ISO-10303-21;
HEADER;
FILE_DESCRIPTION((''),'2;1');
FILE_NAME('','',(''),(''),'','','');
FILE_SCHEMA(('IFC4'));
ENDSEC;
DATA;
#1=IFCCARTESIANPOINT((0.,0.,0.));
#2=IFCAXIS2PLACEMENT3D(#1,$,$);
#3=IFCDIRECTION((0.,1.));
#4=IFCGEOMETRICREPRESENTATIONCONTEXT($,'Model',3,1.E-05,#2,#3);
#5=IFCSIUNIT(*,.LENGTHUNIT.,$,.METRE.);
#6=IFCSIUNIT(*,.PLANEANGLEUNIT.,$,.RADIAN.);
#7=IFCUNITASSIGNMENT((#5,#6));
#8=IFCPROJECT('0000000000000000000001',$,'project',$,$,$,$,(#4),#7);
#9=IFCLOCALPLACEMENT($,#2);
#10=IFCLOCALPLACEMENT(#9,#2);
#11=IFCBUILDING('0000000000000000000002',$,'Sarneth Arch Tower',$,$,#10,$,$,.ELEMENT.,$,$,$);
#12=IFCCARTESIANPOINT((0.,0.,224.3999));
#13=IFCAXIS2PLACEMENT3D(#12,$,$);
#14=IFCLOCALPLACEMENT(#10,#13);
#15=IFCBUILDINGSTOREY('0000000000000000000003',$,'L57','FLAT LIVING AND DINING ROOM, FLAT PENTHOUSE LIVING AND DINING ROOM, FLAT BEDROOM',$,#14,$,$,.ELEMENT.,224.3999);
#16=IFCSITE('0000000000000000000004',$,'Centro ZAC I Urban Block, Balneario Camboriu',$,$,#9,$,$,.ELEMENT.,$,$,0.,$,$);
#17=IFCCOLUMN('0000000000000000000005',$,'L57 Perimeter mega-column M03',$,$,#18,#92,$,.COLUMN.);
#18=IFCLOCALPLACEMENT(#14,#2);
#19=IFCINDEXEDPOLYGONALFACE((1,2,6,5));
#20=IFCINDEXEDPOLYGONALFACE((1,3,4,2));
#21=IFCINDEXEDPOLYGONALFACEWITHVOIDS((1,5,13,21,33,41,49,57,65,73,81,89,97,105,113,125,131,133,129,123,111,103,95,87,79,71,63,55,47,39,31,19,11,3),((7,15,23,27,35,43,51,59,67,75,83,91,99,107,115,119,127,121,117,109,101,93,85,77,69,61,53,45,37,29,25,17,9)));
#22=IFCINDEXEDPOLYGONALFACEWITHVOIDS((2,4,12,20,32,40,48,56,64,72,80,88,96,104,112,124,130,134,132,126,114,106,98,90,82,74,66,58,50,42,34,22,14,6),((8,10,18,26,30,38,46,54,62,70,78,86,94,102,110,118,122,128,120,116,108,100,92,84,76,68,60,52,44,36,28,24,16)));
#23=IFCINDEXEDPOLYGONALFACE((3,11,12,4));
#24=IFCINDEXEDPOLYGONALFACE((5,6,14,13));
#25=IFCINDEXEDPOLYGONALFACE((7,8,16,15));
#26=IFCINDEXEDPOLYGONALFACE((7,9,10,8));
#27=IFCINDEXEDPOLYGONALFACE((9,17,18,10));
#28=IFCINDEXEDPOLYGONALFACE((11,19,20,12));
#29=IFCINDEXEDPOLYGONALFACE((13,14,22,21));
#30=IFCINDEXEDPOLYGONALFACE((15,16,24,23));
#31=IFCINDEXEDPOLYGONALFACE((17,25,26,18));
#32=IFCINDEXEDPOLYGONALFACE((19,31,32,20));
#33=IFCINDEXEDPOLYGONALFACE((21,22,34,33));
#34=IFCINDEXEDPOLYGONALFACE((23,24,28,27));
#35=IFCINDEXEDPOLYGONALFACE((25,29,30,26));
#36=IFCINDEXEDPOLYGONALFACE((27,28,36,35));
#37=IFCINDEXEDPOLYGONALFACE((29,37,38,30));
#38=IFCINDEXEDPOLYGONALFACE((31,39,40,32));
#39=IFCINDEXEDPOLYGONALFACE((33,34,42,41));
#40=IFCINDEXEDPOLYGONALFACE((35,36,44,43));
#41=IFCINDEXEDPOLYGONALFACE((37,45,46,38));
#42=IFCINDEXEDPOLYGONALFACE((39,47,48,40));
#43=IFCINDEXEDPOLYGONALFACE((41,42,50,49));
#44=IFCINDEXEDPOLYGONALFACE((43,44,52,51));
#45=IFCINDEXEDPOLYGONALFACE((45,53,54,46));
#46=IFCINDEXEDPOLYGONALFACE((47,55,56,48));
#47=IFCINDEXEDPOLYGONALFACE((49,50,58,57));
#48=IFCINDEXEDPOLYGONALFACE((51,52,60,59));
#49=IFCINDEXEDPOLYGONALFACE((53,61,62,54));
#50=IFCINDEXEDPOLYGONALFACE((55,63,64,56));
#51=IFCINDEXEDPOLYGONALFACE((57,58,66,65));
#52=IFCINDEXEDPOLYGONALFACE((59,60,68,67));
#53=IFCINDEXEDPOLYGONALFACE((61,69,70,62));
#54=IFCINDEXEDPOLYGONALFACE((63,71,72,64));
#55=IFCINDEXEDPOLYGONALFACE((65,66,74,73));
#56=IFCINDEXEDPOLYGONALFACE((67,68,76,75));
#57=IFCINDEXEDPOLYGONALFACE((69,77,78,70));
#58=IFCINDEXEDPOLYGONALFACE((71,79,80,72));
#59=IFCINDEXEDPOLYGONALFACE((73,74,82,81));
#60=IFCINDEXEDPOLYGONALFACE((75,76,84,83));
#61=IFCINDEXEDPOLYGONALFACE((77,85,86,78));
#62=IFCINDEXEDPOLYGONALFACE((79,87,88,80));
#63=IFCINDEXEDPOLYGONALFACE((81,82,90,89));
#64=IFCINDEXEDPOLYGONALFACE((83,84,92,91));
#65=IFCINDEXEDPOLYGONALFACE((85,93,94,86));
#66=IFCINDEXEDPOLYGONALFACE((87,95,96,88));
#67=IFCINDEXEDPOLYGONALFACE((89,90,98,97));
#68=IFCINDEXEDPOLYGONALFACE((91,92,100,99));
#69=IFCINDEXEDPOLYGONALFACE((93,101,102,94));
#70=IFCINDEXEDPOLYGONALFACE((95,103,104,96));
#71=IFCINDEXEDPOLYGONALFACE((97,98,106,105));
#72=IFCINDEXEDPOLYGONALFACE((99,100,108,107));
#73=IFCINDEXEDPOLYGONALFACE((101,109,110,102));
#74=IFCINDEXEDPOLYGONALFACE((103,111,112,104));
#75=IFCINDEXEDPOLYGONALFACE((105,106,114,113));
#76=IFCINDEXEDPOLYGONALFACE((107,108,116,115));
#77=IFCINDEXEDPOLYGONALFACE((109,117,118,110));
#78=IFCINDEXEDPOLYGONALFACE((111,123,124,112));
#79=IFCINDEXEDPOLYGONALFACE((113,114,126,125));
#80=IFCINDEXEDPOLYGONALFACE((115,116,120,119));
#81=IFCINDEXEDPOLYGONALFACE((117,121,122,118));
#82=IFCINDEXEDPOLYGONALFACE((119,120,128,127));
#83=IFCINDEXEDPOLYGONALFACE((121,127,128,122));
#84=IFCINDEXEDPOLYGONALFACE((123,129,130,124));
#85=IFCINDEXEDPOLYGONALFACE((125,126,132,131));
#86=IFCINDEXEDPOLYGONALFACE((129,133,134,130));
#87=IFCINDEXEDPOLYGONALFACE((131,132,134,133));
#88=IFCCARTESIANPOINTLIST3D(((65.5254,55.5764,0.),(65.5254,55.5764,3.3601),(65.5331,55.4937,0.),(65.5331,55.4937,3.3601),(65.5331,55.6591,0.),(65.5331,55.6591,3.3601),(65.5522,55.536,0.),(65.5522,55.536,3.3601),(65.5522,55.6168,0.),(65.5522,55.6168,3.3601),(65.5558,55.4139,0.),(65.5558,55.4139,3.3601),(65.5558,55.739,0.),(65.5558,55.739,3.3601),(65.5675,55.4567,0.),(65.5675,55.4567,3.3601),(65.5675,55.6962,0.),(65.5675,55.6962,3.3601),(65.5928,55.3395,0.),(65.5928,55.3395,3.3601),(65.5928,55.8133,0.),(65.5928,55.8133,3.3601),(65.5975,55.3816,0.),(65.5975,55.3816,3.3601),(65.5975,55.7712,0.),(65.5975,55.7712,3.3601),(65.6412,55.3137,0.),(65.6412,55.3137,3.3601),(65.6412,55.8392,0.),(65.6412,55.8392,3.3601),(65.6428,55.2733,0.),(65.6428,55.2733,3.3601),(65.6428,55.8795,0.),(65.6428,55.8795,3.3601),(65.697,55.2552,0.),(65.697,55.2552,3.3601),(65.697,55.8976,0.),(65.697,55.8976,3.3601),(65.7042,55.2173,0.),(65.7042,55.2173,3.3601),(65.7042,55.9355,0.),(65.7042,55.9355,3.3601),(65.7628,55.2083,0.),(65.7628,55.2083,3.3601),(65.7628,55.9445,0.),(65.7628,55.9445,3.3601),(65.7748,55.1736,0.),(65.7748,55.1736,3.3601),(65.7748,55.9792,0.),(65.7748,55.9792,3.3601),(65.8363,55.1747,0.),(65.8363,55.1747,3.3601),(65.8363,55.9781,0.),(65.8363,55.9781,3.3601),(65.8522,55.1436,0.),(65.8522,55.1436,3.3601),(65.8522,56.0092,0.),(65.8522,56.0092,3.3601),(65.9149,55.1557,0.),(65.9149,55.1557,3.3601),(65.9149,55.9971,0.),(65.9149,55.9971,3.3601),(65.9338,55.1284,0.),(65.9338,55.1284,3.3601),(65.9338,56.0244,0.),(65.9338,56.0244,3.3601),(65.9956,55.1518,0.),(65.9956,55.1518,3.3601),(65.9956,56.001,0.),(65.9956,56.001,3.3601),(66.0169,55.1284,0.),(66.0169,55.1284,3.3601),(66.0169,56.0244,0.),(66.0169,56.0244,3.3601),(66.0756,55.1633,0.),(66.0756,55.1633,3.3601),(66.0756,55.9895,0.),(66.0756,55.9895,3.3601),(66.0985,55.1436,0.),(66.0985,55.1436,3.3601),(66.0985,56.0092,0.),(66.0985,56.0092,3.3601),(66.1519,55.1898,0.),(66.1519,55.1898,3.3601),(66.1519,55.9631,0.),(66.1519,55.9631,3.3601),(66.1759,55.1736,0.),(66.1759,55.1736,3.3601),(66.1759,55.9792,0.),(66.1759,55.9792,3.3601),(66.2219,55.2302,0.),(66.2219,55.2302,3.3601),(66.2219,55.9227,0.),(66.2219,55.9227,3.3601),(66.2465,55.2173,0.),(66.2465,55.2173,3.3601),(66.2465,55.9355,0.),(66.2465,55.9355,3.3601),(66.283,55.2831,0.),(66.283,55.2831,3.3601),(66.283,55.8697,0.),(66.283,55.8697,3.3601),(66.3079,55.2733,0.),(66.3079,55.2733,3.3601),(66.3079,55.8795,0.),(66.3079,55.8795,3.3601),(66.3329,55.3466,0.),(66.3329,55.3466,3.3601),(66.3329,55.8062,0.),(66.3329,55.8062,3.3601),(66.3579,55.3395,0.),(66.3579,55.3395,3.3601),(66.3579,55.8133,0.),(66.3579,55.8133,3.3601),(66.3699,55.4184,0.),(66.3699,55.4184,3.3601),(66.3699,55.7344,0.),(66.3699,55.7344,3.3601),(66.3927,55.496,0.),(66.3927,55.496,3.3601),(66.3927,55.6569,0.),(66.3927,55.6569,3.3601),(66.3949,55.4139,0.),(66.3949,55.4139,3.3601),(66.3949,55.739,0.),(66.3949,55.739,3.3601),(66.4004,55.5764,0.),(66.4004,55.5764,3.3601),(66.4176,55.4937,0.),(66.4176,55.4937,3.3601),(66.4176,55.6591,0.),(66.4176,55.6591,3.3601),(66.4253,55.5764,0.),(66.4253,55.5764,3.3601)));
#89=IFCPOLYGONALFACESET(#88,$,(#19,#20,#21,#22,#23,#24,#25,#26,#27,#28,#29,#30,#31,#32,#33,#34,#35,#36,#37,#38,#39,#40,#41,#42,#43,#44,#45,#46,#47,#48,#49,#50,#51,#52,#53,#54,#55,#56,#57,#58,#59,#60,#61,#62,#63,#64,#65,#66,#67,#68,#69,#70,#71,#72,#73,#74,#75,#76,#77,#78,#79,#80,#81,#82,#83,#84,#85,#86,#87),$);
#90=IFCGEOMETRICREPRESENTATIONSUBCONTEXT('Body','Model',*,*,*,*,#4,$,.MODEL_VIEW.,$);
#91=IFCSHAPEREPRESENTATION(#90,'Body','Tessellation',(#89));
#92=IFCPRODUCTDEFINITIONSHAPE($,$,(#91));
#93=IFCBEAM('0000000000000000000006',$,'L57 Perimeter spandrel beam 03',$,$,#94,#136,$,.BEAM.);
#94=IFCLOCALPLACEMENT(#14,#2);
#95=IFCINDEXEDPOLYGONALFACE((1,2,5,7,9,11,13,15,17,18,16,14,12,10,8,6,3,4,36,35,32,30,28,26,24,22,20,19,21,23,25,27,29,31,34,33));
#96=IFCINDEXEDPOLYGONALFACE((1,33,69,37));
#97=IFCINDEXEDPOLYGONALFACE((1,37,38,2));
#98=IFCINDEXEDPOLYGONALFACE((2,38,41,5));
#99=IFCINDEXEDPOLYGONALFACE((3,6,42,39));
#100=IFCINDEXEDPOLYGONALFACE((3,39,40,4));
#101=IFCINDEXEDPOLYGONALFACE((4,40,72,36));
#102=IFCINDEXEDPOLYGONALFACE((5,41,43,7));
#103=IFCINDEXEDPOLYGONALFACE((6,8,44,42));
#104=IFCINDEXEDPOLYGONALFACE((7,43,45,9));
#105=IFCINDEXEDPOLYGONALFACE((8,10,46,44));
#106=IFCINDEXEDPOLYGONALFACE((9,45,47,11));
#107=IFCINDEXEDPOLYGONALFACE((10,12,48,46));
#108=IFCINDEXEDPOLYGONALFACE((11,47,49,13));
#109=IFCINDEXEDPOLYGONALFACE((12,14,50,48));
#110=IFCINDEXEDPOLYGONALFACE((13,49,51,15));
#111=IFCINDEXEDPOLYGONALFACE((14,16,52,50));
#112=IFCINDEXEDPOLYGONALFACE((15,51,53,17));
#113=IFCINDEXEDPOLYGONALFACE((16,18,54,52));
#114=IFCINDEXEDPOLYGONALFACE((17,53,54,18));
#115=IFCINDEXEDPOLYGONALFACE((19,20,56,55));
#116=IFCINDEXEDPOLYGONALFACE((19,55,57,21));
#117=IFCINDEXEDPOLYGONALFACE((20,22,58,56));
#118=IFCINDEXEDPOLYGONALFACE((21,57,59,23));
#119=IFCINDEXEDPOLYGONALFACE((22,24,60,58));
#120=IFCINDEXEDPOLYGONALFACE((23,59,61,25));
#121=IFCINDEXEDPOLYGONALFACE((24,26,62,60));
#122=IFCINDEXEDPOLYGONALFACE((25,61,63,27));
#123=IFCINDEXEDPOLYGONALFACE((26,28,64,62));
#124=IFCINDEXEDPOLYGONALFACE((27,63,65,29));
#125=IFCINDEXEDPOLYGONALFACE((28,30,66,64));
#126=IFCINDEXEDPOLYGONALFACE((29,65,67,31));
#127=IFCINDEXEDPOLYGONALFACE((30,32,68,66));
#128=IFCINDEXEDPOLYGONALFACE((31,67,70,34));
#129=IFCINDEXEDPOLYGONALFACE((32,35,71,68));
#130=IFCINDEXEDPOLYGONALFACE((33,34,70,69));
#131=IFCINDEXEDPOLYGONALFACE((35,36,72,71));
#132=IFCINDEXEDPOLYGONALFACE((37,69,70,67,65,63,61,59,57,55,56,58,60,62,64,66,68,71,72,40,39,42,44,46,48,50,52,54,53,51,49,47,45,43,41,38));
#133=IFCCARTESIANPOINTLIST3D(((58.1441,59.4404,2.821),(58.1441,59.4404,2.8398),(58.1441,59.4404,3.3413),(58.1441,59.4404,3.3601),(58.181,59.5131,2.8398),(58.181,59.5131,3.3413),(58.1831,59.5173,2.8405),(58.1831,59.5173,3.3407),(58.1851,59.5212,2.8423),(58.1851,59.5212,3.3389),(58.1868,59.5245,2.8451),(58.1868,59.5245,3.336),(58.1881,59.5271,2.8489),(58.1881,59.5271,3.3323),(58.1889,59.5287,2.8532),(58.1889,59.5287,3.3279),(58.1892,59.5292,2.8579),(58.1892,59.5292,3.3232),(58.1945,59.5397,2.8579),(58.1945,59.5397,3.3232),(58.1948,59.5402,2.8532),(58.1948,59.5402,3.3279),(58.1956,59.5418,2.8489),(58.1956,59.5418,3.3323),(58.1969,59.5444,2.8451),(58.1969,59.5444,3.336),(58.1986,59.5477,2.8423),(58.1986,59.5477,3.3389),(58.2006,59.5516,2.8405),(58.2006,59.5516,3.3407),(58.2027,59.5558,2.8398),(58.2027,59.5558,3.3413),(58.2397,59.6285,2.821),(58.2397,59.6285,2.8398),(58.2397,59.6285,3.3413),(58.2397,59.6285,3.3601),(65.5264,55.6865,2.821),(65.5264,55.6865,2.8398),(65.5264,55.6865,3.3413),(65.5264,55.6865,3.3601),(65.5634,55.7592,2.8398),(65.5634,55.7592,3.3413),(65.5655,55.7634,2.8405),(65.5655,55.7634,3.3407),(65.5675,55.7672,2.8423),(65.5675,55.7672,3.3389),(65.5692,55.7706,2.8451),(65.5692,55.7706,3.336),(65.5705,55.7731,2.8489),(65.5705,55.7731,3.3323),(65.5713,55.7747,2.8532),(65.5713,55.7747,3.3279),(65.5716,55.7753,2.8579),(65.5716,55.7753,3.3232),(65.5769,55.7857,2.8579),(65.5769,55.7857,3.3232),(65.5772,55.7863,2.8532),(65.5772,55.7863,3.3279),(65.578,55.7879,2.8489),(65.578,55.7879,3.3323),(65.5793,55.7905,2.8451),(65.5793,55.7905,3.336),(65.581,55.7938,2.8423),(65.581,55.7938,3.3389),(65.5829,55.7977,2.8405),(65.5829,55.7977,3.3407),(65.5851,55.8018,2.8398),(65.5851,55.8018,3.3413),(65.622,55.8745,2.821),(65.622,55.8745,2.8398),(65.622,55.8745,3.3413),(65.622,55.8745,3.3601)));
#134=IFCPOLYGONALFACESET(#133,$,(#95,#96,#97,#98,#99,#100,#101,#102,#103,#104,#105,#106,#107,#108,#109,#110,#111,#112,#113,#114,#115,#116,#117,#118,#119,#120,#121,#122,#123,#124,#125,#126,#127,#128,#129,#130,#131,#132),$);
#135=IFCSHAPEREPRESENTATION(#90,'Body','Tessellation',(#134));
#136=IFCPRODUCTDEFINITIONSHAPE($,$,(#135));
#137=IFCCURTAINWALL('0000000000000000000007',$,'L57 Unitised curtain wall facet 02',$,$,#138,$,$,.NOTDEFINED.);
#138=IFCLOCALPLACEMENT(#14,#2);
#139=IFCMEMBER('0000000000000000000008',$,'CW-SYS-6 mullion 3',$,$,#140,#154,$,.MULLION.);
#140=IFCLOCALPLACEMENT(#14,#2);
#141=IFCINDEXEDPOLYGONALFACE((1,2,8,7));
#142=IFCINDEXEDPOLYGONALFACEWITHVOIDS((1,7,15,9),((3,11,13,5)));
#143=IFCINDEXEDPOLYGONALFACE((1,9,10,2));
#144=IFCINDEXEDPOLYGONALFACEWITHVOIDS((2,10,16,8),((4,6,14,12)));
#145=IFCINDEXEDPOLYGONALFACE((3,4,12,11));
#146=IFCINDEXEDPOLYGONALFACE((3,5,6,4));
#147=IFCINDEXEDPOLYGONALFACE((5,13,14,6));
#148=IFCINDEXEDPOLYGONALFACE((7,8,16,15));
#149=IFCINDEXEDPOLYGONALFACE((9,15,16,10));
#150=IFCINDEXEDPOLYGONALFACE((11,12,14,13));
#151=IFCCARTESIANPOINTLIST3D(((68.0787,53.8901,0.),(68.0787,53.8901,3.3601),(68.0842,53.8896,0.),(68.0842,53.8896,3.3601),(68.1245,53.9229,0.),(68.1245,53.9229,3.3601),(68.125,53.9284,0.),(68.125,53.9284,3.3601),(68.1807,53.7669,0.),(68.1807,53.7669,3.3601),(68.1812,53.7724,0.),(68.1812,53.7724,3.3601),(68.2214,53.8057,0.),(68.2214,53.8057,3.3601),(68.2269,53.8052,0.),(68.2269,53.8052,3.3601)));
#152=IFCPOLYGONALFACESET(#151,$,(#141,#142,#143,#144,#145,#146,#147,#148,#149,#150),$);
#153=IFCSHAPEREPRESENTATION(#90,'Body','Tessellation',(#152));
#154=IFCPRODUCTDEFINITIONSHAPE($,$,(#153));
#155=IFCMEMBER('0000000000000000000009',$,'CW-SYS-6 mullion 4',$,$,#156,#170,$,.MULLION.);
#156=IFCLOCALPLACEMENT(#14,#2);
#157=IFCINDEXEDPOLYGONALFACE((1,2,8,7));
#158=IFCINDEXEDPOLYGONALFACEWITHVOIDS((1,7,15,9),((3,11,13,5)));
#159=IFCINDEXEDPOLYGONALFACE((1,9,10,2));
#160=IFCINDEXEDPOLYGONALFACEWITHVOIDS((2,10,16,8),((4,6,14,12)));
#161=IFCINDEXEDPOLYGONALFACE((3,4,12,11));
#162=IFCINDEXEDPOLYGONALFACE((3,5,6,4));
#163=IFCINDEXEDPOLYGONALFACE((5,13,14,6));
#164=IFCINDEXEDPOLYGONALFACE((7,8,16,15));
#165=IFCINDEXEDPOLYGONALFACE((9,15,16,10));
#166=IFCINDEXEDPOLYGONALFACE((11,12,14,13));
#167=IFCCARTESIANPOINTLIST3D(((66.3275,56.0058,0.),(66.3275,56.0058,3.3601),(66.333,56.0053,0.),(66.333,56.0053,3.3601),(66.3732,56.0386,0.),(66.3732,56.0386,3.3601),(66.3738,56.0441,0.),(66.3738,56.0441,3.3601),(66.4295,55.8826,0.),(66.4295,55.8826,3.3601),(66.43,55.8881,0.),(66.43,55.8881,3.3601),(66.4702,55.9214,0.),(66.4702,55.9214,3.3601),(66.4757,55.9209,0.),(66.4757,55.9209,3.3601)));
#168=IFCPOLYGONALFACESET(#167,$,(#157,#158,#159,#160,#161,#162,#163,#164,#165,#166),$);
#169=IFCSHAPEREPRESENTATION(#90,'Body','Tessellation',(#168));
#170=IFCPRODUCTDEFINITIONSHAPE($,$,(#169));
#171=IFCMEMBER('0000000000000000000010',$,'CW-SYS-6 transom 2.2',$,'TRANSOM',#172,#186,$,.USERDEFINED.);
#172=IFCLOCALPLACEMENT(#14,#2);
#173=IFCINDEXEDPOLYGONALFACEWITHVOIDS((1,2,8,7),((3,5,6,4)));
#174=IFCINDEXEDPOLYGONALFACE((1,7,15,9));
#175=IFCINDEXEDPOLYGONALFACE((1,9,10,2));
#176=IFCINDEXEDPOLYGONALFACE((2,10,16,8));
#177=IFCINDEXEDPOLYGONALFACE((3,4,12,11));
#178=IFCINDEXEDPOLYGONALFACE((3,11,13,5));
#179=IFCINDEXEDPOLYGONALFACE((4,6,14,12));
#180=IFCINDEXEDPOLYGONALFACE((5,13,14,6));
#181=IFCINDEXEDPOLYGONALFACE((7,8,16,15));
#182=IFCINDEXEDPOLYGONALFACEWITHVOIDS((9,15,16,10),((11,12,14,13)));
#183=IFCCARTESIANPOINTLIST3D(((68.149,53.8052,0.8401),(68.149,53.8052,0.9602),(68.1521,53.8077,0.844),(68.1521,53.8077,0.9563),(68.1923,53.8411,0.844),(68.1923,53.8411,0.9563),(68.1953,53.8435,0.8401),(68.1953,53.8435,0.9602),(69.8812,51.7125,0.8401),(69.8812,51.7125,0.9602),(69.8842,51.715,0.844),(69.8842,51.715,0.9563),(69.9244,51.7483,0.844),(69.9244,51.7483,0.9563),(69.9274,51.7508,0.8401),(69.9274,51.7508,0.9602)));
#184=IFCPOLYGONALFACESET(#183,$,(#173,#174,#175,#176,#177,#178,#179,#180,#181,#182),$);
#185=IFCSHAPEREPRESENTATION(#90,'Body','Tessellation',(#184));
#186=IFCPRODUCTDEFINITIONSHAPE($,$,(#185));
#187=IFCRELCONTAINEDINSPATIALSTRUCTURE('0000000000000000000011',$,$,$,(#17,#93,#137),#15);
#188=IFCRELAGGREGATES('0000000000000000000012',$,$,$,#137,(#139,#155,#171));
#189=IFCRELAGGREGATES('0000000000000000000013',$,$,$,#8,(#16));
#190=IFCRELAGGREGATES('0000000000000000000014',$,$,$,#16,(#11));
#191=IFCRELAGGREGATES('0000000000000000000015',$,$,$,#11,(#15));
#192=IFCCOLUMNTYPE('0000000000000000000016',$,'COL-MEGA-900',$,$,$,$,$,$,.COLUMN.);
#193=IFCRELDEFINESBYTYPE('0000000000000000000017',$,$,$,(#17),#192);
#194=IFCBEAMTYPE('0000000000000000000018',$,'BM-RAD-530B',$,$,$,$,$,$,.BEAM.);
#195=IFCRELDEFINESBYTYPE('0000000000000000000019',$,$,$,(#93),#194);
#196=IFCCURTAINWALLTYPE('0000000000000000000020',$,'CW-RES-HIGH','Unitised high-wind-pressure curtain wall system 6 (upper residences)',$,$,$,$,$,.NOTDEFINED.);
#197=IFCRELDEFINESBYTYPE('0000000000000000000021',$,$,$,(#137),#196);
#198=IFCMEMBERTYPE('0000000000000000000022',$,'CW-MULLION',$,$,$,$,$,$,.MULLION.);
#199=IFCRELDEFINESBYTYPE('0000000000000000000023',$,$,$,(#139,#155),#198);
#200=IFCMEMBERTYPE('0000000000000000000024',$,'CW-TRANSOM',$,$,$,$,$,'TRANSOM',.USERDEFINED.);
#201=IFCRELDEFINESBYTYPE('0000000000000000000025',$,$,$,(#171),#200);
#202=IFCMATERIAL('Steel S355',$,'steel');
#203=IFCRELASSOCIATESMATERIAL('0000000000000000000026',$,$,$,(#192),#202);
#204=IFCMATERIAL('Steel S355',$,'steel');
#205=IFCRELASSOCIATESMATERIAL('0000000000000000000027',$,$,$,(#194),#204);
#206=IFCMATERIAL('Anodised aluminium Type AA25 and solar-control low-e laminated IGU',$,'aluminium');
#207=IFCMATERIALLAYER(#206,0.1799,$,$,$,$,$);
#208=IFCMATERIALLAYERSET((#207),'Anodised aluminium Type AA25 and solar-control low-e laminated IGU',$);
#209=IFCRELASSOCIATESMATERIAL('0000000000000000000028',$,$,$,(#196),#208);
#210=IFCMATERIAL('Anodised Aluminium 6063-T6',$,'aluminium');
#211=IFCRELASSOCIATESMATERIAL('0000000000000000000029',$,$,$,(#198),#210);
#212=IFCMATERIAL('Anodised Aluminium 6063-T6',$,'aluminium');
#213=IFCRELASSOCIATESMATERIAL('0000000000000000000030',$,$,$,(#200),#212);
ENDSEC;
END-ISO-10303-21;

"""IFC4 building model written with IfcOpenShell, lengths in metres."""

from ifc_helpers import new_model, si_unit, direction, frame, origin, origin_2d, place, context, subcontext, project, spatial, hollow_rectangle, hollow_circle, i_section, extrude, material, layer, layer_set, material_profile, profile_set, type_object, element, aggregate, save


model = new_model("IFC4")

# Units and contexts
model_context = context("Model", 3, precision=1e-05, world=origin(), true_north=direction((0.0, 1.0)))
body_context = subcontext(model_context, "Body", "Model", "MODEL_VIEW")
ifc_project = project(units=[si_unit("LENGTHUNIT", "METRE"), si_unit("PLANEANGLEUNIT", "RADIAN")], contexts=[model_context])

# Site, building, storey
site_placement = place(None, origin())
site = spatial("IfcSite", under=ifc_project, at=site_placement, Name="Centro ZAC I Urban Block, Balneario Camboriu", CompositionType="ELEMENT", RefElevation=0.0)
building_placement = place(site_placement, origin())
building = spatial("IfcBuilding", under=site, at=building_placement, Name="Sarneth Arch Tower", CompositionType="ELEMENT")
storey_placement = place(building_placement, frame((0.0, 0.0, 224.3999)))
storey = spatial("IfcBuildingStorey", under=building, at=storey_placement, Name="L57", Description="FLAT LIVING AND DINING ROOM, FLAT PENTHOUSE LIVING AND DINING ROOM, FLAT BEDROOM", CompositionType="ELEMENT", Elevation=224.3999)

# Column
ifc_material_1 = material(Name="Steel S355", Category="steel")
ifc_material_profile_1 = material_profile(ifc_material_1, hollow_circle(Radius=0.45, WallThickness=0.0249, at=origin_2d()), Name="CHS900x25")
ifc_profile_set_1 = profile_set([ifc_material_profile_1], Name="Steel S355")
column_type = type_object("IfcColumnType", Name="COL-MEGA-900", PredefinedType="COLUMN", material=ifc_profile_set_1)
column_placement = place(storey_placement, frame((65.9753, 55.5764, 0.0), z_axis=(0.0, 0.0, 1.0), x_axis=(1.0, 0.0, 0.0)))
element("IfcColumn", 1, at=column_placement, inside=storey, type_object=column_type, Name="L57 Perimeter mega-column M03", PredefinedType="COLUMN", context=body_context, shape_type="SweptSolid", body=[
    extrude(hollow_circle(Radius=0.45, WallThickness=0.0249, at=origin_2d()), origin(), (0.0, 0.0, 1.0), 3.3601),
])

# Beam
ifc_material_2 = material(Name="Steel S355", Category="steel")
ifc_material_profile_2 = material_profile(ifc_material_2, i_section(OverallWidth=0.2109, OverallDepth=0.5391, WebThickness=0.0117, FlangeThickness=0.0188, FilletRadius=0.0181, at=origin_2d()), Name="W530x109")
ifc_profile_set_2 = profile_set([ifc_material_profile_2], Name="Steel S355")
beam_type = type_object("IfcBeamType", Name="BM-RAD-530B", PredefinedType="BEAM", material=ifc_profile_set_2)
beam_placement = place(storey_placement, frame((65.5742, 55.7805, 3.0906), z_axis=(-0.891376, 0.453264, 0.0), x_axis=(-0.453264, -0.891376, 0.0)))
element("IfcBeam", 2, at=beam_placement, inside=storey, type_object=beam_type, Name="L57 Perimeter spandrel beam 03", PredefinedType="BEAM", context=body_context, shape_type="SweptSolid", body=[
    extrude(i_section(OverallWidth=0.2109, OverallDepth=0.5391, WebThickness=0.0117, FlangeThickness=0.0188, FilletRadius=0.0181, at=origin_2d()), origin(), (0.0, 0.0, 1.0), 8.282),
])

# Curtain wall, members
ifc_material_3 = material(Name="Anodised aluminium Type AA25 and solar-control low-e laminated IGU", Category="aluminium")
ifc_layer_1 = layer(ifc_material_3, 0.1799)
ifc_layer_set_1 = layer_set([ifc_layer_1], Name="Anodised aluminium Type AA25 and solar-control low-e laminated IGU")
curtain_wall_type = type_object("IfcCurtainWallType", Name="CW-RES-HIGH", Description="Unitised high-wind-pressure curtain wall system 6 (upper residences)", PredefinedType="NOTDEFINED", material=ifc_layer_set_1)
curtain_wall_placement = place(storey_placement, origin())
curtain_wall = element("IfcCurtainWall", 3, at=curtain_wall_placement, inside=storey, type_object=curtain_wall_type, Name="L57 Unitised curtain wall facet 02", PredefinedType="NOTDEFINED")
ifc_material_4 = material(Name="Anodised Aluminium 6063-T6", Category="aluminium")
ifc_material_profile_3 = material_profile(ifc_material_4, hollow_rectangle(XDim=0.0601, YDim=0.1599, WallThickness=0.0039, at=origin_2d()), Name="AL-MULL-160x60x4")
ifc_profile_set_3 = profile_set([ifc_material_profile_3], Name="Anodised Aluminium 6063-T6")
member_type_1 = type_object("IfcMemberType", Name="CW-MULLION", PredefinedType="MULLION", material=ifc_profile_set_3)
member_1_placement = place(storey_placement, frame((68.1528, 53.8477, 0.0), z_axis=(0.0, 0.0, 1.0), x_axis=(-0.770359, -0.63761, 0.0)))
member_1 = element("IfcMember", 4, at=member_1_placement, type_object=member_type_1, Name="CW-SYS-6 mullion 3", PredefinedType="MULLION", context=body_context, shape_type="SweptSolid", body=[
    extrude(hollow_rectangle(XDim=0.0601, YDim=0.1599, WallThickness=0.0039, at=origin_2d()), origin(), (0.0, 0.0, 1.0), 3.3601),
])
member_2_placement = place(storey_placement, frame((66.4016, 55.9634, 0.0), z_axis=(0.0, 0.0, 1.0), x_axis=(-0.770359, -0.63761, 0.0)))
member_2 = element("IfcMember", 5, at=member_2_placement, type_object=member_type_1, Name="CW-SYS-6 mullion 4", PredefinedType="MULLION", context=body_context, shape_type="SweptSolid", body=[
    extrude(hollow_rectangle(XDim=0.0601, YDim=0.1599, WallThickness=0.0039, at=origin_2d()), origin(), (0.0, 0.0, 1.0), 3.3601),
])
ifc_material_5 = material(Name="Anodised Aluminium 6063-T6", Category="aluminium")
ifc_material_profile_4 = material_profile(ifc_material_5, hollow_rectangle(XDim=0.0601, YDim=0.1201, WallThickness=0.0039, at=origin_2d()), Name="AL-TRAN-120x60x4")
ifc_profile_set_4 = profile_set([ifc_material_profile_4], Name="Anodised Aluminium 6063-T6")
member_type_2 = type_object("IfcMemberType", Name="CW-TRANSOM", ElementType="TRANSOM", PredefinedType="USERDEFINED", material=ifc_profile_set_4)
member_3_placement = place(storey_placement, frame((69.9043, 51.7317, 0.9001), z_axis=(-0.637617, 0.770353, 0.0), x_axis=(-0.770353, -0.637617, 0.0)))
member_3 = element("IfcMember", 6, at=member_3_placement, type_object=member_type_2, Name="CW-SYS-6 transom 2.2", ObjectType="TRANSOM", PredefinedType="USERDEFINED", context=body_context, shape_type="SweptSolid", body=[
    extrude(hollow_rectangle(XDim=0.0601, YDim=0.1201, WallThickness=0.0039, at=origin_2d()), origin(), (0.0, 0.0, 1.0), 2.7166),
])

aggregate(curtain_wall, [member_1, member_2, member_3])

save(model, "model.ifc")
